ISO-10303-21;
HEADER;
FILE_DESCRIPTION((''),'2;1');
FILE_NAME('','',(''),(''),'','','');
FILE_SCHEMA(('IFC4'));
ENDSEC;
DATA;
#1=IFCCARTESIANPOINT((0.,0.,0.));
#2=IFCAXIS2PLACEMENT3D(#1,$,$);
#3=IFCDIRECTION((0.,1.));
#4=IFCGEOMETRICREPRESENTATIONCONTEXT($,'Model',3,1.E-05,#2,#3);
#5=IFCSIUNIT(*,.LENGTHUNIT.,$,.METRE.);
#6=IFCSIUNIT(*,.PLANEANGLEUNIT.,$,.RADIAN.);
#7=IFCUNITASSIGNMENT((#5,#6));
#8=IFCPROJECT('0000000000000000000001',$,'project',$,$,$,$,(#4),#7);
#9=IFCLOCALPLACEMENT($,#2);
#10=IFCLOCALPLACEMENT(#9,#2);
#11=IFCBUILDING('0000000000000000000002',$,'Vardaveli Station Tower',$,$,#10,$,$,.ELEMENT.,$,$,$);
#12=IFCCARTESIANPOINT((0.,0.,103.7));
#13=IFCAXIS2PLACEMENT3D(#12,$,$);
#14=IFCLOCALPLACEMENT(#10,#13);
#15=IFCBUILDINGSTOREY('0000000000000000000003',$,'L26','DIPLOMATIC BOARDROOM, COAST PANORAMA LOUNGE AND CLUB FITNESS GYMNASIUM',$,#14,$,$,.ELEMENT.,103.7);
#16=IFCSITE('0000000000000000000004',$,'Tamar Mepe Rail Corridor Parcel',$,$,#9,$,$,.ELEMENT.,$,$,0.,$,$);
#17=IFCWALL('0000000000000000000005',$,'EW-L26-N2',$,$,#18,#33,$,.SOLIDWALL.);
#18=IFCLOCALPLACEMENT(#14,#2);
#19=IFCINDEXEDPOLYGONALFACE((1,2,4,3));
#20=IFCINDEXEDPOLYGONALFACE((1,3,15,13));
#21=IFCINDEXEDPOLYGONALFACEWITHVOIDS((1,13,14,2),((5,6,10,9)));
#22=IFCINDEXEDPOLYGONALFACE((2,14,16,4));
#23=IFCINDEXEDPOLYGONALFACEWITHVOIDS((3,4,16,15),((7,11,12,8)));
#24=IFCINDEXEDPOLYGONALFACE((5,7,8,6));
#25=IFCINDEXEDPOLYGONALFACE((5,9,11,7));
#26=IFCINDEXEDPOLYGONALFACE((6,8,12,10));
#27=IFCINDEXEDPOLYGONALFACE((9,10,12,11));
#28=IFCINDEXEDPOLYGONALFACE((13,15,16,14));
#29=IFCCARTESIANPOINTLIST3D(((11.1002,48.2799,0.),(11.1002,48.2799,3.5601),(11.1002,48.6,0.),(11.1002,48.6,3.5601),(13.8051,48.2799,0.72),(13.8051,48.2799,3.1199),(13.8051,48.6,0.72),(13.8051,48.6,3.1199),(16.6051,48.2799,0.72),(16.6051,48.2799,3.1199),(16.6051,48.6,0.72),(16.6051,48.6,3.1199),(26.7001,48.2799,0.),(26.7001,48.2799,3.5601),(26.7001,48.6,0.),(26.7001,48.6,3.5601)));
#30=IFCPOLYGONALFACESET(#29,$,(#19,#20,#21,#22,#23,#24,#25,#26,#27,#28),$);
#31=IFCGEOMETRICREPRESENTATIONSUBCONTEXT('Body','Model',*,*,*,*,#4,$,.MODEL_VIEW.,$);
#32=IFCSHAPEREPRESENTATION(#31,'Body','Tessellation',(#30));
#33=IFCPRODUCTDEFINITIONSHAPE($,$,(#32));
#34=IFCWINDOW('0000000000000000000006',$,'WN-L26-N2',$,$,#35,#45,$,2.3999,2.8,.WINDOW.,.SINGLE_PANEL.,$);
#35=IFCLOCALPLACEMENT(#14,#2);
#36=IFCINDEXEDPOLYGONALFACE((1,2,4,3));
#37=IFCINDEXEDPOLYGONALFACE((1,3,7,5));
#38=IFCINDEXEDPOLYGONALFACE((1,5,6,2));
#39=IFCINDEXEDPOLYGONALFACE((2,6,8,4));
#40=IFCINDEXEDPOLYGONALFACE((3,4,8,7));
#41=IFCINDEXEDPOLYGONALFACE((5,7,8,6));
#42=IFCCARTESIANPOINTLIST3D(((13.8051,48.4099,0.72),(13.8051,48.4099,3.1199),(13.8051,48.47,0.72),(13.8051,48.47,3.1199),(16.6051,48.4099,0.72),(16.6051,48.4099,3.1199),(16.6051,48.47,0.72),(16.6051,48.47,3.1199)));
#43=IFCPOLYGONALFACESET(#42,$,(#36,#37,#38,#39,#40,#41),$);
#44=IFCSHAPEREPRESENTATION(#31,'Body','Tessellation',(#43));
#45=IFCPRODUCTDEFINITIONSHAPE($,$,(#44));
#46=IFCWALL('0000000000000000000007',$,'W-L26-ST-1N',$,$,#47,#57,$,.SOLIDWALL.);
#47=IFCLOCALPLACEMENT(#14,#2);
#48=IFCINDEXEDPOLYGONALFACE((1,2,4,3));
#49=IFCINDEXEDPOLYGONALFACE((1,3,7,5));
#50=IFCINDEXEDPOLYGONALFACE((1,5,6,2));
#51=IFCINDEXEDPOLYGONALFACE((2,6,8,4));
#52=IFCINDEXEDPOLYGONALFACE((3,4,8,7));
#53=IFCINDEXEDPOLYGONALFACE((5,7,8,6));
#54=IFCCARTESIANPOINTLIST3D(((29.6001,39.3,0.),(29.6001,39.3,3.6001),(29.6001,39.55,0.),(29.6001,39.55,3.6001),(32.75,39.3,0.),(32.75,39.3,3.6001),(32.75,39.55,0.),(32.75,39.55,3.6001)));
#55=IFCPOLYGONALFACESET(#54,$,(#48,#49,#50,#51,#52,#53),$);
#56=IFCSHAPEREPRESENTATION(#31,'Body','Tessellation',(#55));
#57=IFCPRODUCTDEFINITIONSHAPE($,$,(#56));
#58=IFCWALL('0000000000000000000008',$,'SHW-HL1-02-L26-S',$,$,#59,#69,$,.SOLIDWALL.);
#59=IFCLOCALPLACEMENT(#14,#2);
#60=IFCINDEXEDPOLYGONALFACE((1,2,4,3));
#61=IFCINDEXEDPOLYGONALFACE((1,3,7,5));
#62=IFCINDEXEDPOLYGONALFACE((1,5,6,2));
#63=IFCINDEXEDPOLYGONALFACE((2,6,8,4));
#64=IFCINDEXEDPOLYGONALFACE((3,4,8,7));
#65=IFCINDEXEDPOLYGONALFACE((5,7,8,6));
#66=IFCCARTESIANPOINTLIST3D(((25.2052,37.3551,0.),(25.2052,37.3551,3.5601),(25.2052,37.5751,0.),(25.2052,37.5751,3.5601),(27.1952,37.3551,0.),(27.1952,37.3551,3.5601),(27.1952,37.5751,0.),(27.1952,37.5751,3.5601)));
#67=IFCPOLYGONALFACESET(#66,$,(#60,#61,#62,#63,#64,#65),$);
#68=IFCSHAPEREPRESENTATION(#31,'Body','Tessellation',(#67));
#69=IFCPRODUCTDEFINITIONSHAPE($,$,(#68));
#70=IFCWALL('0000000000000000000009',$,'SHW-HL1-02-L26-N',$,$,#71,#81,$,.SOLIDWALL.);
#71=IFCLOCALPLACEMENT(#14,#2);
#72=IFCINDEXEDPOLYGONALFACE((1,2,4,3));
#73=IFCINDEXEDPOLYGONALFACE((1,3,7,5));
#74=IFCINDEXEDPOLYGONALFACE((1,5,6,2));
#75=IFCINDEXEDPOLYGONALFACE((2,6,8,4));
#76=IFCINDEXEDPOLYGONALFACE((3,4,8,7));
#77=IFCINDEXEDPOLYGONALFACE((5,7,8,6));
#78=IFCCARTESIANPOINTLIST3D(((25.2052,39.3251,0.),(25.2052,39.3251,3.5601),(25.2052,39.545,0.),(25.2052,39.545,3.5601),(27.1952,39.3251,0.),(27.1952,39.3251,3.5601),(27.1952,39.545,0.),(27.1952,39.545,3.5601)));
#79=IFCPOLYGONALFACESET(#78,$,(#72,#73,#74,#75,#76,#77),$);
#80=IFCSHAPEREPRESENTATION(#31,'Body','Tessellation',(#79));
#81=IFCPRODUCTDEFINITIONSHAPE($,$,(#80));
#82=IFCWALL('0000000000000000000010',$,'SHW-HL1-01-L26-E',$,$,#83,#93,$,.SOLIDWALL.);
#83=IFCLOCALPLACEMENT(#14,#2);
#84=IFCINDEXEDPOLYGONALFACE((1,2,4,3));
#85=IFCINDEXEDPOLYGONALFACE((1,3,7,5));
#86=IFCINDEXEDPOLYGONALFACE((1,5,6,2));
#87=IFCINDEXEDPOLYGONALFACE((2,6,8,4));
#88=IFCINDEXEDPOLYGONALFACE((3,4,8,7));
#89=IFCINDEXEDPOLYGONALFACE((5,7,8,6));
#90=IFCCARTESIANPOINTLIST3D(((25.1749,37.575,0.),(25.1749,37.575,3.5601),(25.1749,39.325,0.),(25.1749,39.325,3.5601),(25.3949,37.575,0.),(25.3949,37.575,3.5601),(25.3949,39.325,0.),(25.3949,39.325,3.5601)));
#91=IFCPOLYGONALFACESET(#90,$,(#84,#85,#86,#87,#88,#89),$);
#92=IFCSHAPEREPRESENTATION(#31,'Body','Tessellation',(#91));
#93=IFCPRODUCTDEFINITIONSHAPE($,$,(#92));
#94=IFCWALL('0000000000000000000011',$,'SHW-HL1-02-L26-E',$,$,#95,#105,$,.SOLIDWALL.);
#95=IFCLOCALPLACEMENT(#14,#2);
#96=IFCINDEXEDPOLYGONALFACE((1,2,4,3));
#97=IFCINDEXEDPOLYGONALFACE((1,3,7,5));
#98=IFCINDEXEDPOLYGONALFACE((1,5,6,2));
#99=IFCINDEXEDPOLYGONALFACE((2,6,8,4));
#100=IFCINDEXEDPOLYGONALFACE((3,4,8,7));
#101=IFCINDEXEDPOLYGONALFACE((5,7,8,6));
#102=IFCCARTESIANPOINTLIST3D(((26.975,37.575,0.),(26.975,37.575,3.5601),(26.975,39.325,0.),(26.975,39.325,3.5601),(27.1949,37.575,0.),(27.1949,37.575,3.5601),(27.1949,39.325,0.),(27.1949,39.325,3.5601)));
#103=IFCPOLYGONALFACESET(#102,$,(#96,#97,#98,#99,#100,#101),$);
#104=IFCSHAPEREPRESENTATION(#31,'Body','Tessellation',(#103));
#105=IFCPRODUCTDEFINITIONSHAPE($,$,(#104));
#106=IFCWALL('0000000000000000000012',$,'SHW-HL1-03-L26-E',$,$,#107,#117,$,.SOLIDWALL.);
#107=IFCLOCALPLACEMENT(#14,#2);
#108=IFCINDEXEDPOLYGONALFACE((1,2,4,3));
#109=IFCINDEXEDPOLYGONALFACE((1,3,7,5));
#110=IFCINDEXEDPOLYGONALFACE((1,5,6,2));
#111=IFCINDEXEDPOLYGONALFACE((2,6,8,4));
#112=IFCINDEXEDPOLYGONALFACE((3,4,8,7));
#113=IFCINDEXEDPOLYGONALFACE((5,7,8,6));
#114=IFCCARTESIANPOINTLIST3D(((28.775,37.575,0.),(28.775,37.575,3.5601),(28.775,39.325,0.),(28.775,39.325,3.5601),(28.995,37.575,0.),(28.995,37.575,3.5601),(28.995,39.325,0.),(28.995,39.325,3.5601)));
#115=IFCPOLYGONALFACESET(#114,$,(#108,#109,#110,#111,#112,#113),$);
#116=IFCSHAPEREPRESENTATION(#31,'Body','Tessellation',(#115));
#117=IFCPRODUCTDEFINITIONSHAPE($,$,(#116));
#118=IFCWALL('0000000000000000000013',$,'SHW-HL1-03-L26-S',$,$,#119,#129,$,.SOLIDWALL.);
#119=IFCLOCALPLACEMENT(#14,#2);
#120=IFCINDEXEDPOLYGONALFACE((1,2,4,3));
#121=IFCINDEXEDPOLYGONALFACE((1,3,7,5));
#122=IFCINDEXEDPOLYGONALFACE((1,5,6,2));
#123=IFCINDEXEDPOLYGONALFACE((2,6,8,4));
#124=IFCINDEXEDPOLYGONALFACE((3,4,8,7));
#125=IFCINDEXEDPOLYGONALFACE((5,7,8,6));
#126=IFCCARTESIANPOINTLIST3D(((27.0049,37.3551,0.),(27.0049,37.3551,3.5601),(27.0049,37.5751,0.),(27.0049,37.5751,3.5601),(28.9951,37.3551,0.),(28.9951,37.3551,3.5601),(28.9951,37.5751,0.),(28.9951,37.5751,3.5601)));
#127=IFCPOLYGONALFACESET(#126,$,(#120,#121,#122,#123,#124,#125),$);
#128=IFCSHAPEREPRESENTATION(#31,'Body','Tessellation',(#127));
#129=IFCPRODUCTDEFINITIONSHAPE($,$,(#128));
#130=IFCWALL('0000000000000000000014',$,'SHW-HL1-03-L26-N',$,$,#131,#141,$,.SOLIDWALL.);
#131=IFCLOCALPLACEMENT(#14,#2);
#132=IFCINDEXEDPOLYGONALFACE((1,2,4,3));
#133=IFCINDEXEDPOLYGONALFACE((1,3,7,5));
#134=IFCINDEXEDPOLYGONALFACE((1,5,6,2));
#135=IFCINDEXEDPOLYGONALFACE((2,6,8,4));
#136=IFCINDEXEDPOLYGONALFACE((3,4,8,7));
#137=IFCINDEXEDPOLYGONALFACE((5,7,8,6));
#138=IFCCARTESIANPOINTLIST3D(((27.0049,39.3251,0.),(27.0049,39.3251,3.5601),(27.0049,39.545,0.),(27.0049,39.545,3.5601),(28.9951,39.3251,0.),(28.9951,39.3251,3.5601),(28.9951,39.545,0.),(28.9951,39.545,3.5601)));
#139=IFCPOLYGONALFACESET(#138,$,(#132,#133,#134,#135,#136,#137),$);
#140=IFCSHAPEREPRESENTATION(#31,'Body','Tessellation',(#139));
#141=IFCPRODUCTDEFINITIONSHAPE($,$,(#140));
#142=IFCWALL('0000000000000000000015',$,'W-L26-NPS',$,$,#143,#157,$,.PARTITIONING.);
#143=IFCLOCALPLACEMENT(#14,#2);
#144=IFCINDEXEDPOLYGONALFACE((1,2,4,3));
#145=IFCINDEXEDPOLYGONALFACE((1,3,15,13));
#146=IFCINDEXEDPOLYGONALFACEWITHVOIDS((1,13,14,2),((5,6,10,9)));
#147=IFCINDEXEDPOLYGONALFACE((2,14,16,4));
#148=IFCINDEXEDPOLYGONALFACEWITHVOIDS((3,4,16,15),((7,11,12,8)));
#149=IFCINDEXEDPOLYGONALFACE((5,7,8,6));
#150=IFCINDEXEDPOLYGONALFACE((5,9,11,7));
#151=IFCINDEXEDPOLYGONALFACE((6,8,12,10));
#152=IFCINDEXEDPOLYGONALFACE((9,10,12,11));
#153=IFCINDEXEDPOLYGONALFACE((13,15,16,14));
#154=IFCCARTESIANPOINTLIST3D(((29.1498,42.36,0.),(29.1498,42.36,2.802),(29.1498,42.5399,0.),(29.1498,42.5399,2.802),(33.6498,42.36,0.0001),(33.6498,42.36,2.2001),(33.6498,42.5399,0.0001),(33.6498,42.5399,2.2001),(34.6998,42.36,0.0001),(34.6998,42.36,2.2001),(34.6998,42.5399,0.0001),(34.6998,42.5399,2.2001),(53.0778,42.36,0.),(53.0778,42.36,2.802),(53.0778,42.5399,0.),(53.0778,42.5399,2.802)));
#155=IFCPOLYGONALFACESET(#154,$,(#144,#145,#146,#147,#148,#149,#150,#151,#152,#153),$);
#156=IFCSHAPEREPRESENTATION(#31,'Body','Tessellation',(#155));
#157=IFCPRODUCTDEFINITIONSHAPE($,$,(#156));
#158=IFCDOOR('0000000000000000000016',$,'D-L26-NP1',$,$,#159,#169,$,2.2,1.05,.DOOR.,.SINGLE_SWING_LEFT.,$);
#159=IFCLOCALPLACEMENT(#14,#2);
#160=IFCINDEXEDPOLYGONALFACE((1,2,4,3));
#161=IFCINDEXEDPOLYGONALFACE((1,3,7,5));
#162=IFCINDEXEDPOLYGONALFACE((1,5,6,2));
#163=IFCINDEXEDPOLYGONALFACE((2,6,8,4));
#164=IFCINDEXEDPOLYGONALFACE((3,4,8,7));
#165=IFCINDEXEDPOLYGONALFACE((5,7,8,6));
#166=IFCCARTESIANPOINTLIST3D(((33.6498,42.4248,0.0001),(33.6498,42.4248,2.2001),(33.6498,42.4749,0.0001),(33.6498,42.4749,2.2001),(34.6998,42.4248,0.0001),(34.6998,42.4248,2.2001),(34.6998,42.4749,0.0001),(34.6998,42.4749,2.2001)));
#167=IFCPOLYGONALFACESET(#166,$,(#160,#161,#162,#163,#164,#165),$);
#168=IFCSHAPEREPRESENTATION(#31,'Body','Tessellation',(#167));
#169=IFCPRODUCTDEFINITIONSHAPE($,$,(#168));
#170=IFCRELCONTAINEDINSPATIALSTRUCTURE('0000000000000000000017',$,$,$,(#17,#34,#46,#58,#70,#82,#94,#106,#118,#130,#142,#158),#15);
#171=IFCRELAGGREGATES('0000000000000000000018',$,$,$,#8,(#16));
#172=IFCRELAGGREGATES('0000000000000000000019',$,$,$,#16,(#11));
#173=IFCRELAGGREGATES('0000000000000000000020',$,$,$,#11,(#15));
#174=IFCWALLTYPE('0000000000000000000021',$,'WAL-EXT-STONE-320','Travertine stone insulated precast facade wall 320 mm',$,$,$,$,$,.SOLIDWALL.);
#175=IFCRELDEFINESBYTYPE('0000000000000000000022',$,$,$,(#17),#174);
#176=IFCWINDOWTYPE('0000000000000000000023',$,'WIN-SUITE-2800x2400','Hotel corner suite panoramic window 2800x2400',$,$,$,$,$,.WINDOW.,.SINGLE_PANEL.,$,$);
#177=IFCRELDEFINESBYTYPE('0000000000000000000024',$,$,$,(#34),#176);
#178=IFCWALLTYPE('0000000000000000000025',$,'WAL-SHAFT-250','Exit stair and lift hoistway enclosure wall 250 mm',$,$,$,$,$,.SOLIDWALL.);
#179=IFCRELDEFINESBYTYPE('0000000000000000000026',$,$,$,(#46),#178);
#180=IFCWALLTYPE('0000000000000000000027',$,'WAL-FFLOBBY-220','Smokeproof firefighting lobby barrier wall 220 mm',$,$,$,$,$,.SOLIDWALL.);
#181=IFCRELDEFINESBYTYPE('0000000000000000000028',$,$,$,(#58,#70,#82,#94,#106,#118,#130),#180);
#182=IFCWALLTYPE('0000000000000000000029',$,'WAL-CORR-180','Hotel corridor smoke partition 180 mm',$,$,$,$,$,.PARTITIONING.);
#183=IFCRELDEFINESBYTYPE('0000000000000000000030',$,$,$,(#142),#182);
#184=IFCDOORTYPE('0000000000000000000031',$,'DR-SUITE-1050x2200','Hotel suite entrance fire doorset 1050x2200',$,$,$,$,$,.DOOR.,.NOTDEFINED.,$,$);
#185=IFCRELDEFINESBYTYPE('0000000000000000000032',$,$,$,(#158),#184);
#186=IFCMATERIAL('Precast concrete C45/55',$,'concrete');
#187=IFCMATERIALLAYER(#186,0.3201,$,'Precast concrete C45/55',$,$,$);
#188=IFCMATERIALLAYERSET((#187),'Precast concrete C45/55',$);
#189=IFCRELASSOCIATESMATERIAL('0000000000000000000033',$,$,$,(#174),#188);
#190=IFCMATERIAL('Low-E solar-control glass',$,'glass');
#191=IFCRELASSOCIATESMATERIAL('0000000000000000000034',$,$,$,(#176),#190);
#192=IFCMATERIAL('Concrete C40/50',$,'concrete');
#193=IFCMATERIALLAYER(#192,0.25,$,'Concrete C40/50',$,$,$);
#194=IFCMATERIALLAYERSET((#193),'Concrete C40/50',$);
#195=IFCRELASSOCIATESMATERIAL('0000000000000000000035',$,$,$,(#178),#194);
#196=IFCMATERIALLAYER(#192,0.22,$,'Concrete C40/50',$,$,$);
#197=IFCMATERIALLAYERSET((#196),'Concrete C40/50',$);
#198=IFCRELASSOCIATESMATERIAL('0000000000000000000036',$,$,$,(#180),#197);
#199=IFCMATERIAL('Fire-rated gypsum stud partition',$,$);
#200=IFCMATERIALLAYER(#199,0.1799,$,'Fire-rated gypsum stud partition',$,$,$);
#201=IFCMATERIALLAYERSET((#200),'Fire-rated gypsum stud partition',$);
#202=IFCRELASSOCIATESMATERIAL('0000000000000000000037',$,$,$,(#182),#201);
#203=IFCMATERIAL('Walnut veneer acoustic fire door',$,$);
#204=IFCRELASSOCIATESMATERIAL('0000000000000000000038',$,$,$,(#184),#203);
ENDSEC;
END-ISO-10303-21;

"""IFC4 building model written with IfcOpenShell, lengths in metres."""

from ifc_helpers import new_model, si_unit, direction, frame, frame_2d, origin, place, context, subcontext, project, spatial, rectangle, extrude, source, transform, mapped, material, layer, layer_set, type_object, element, fill, save


model = new_model("IFC4")

# Units and contexts
model_context = context("Model", 3, precision=1e-05, world=origin(), true_north=direction((0.0, 1.0)))
body_context = subcontext(model_context, "Body", "Model", "MODEL_VIEW")
ifc_project = project(units=[si_unit("LENGTHUNIT", "METRE"), si_unit("PLANEANGLEUNIT", "RADIAN")], contexts=[model_context])

# Site, building, storey
site_placement = place(None, origin())
site = spatial("IfcSite", under=ifc_project, at=site_placement, Name="Tamar Mepe Rail Corridor Parcel", CompositionType="ELEMENT", RefElevation=0.0)
building_placement = place(site_placement, origin())
building = spatial("IfcBuilding", under=site, at=building_placement, Name="Vardaveli Station Tower", CompositionType="ELEMENT")
storey_placement = place(building_placement, frame((0.0, 0.0, 103.7)))
storey = spatial("IfcBuildingStorey", under=building, at=storey_placement, Name="L26", Description="DIPLOMATIC BOARDROOM, COAST PANORAMA LOUNGE AND CLUB FITNESS GYMNASIUM", CompositionType="ELEMENT", Elevation=103.7)

# Shared definitions
ifc_material_1 = material(Name="Precast concrete C45/55", Category="concrete")

# Wall, opening, window
ifc_layer_1 = layer(ifc_material_1, 0.3201, Name="Precast concrete C45/55")
ifc_layer_set_1 = layer_set([ifc_layer_1], Name="Precast concrete C45/55")
wall_type_1 = type_object("IfcWallType", Name="WAL-EXT-STONE-320", Description="Travertine stone insulated precast facade wall 320 mm", PredefinedType="SOLIDWALL", material=ifc_layer_set_1)
shared_shape_1 = source(origin(), body_context, "Body", "SweptSolid", [
    extrude(rectangle(XDim=15.5999, YDim=0.3201, at=frame_2d((7.7998, 0.0))), origin(), (0.0, 0.0, 1.0), 3.5601),
])
wall_1_placement = place(storey_placement, frame((26.7, 48.4399, 0.0), z_axis=(0.0, 0.0, 1.0), x_axis=(-1.0, 0.0, 0.0)))
wall_1 = element("IfcWall", 1, at=wall_1_placement, inside=storey, type_object=wall_type_1, Name="EW-L26-N2", PredefinedType="SOLIDWALL", context=body_context, shape_type="MappedRepresentation", body=[
    mapped(shared_shape_1, transform((0.0, 0.0, 0.0), scale=1.0)),
])
shared_shape_2 = source(origin(), body_context, "Body", "SweptSolid", [
    extrude(rectangle(XDim=2.8, YDim=2.3999, at=frame_2d((1.3999, 1.2))), frame((0.0, 0.1699, 0.0), z_axis=(0.0, -1.0, 0.0), x_axis=(1.0, 0.0, 0.0)), (0.0, 0.0, 1.0), 0.3401),
])
opening_1_placement = place(wall_1_placement, frame((10.095, 0.0, 0.72)))
opening_1 = element("IfcOpeningElement", 2, at=opening_1_placement, cuts=wall_1, PredefinedType="OPENING", context=body_context, shape_type="MappedRepresentation", body=[
    mapped(shared_shape_2, transform((0.0, 0.0, 0.0), scale=1.0)),
])
ifc_material_2 = material(Name="Low-E solar-control glass", Category="glass")
window_type = type_object("IfcWindowType", Name="WIN-SUITE-2800x2400", Description="Hotel corner suite panoramic window 2800x2400", PartitioningType="SINGLE_PANEL", PredefinedType="WINDOW", material=ifc_material_2)
shared_shape_3 = source(origin(), body_context, "Body", "SweptSolid", [
    extrude(rectangle(XDim=2.8, YDim=2.3999, at=frame_2d((1.3999, 1.2))), frame((0.0, 0.03, 0.0), z_axis=(0.0, -1.0, 0.0), x_axis=(1.0, 0.0, 0.0)), (0.0, 0.0, 1.0), 0.0601),
])
window_placement = place(opening_1_placement, origin())
window = element("IfcWindow", 3, at=window_placement, inside=storey, type_object=window_type, Name="WN-L26-N2", OverallHeight=2.3999, OverallWidth=2.8, PartitioningType="SINGLE_PANEL", PredefinedType="WINDOW", context=body_context, shape_type="MappedRepresentation", body=[
    mapped(shared_shape_3, transform((0.0, 0.0, 0.0), scale=1.0)),
])
fill(opening_1, window)

# Walls
ifc_material_3 = material(Name="Concrete C40/50", Category="concrete")
ifc_layer_2 = layer(ifc_material_3, 0.25, Name="Concrete C40/50")
ifc_layer_set_2 = layer_set([ifc_layer_2], Name="Concrete C40/50")
wall_type_2 = type_object("IfcWallType", Name="WAL-SHAFT-250", Description="Exit stair and lift hoistway enclosure wall 250 mm", PredefinedType="SOLIDWALL", material=ifc_layer_set_2)
shared_shape_4 = source(origin(), body_context, "Body", "SweptSolid", [
    extrude(rectangle(XDim=3.1499, YDim=0.25, at=frame_2d((1.575, 0.0))), origin(), (0.0, 0.0, 1.0), 3.6001),
])
wall_2_placement = place(storey_placement, frame((29.6001, 39.425, 0.0), z_axis=(0.0, 0.0, 1.0), x_axis=(1.0, 0.0, 0.0)))
element("IfcWall", 4, at=wall_2_placement, inside=storey, type_object=wall_type_2, Name="W-L26-ST-1N", PredefinedType="SOLIDWALL", context=body_context, shape_type="MappedRepresentation", body=[
    mapped(shared_shape_4, transform((0.0, 0.0, 0.0), scale=1.0)),
])
ifc_layer_3 = layer(ifc_material_3, 0.22, Name="Concrete C40/50")
ifc_layer_set_3 = layer_set([ifc_layer_3], Name="Concrete C40/50")
wall_type_3 = type_object("IfcWallType", Name="WAL-FFLOBBY-220", Description="Smokeproof firefighting lobby barrier wall 220 mm", PredefinedType="SOLIDWALL", material=ifc_layer_set_3)
shared_shape_5 = source(origin(), body_context, "Body", "SweptSolid", [
    extrude(rectangle(XDim=1.99, YDim=0.22, at=frame_2d((0.9951, 0.0))), origin(), (0.0, 0.0, 1.0), 3.5601),
])
for number, where, z_axis, x_axis, name in (
    (5, (25.2051, 37.4651, 0.0), (0.0, 0.0, 1.0), (1.0, 0.0, 0.0), "SHW-HL1-02-L26-S"),
    (6, (25.2051, 39.4351, 0.0), (0.0, 0.0, 1.0), (1.0, 0.0, 0.0), "SHW-HL1-02-L26-N"),
):
    element("IfcWall", number, at=place(storey_placement, frame(where, z_axis=z_axis, x_axis=x_axis)), inside=storey, type_object=wall_type_3, Name=name, PredefinedType="SOLIDWALL", context=body_context, shape_type="MappedRepresentation", body=[
        mapped(shared_shape_5, transform((0.0, 0.0, 0.0), scale=1.0)),
    ])
shared_shape_6 = source(origin(), body_context, "Body", "SweptSolid", [
    extrude(rectangle(XDim=1.75, YDim=0.22, at=frame_2d((0.875, 0.0))), origin(), (0.0, 0.0, 1.0), 3.5601),
])
for number, where, z_axis, x_axis, name in (
    (7, (25.2849, 37.575, 0.0), (0.0, 0.0, 1.0), (0.0, 1.0, 0.0), "SHW-HL1-01-L26-E"),
    (8, (27.085, 37.575, 0.0), (0.0, 0.0, 1.0), (0.0, 1.0, 0.0), "SHW-HL1-02-L26-E"),
    (9, (28.885, 37.575, 0.0), (0.0, 0.0, 1.0), (0.0, 1.0, 0.0), "SHW-HL1-03-L26-E"),
):
    element("IfcWall", number, at=place(storey_placement, frame(where, z_axis=z_axis, x_axis=x_axis)), inside=storey, type_object=wall_type_3, Name=name, PredefinedType="SOLIDWALL", context=body_context, shape_type="MappedRepresentation", body=[
        mapped(shared_shape_6, transform((0.0, 0.0, 0.0), scale=1.0)),
    ])
shared_shape_7 = source(origin(), body_context, "Body", "SweptSolid", [
    extrude(rectangle(XDim=1.9902, YDim=0.22, at=frame_2d((0.9951, 0.0))), origin(), (0.0, 0.0, 1.0), 3.5601),
])
for number, where, z_axis, x_axis, name in (
    (10, (27.0049, 37.4651, 0.0), (0.0, 0.0, 1.0), (1.0, 0.0, 0.0), "SHW-HL1-03-L26-S"),
    (11, (27.0049, 39.4351, 0.0), (0.0, 0.0, 1.0), (1.0, 0.0, 0.0), "SHW-HL1-03-L26-N"),
):
    element("IfcWall", number, at=place(storey_placement, frame(where, z_axis=z_axis, x_axis=x_axis)), inside=storey, type_object=wall_type_3, Name=name, PredefinedType="SOLIDWALL", context=body_context, shape_type="MappedRepresentation", body=[
        mapped(shared_shape_7, transform((0.0, 0.0, 0.0), scale=1.0)),
    ])

# Wall, opening, door
ifc_material_4 = material(Name="Fire-rated gypsum stud partition")
ifc_layer_4 = layer(ifc_material_4, 0.1799, Name="Fire-rated gypsum stud partition")
ifc_layer_set_4 = layer_set([ifc_layer_4], Name="Fire-rated gypsum stud partition")
wall_type_4 = type_object("IfcWallType", Name="WAL-CORR-180", Description="Hotel corridor smoke partition 180 mm", PredefinedType="PARTITIONING", material=ifc_layer_set_4)
shared_shape_8 = source(origin(), body_context, "Body", "SweptSolid", [
    extrude(rectangle(XDim=23.928, YDim=0.1799, at=frame_2d((11.9639, 0.0))), origin(), (0.0, 0.0, 1.0), 2.802),
])
wall_3_placement = place(storey_placement, frame((29.1499, 42.45, 0.0), z_axis=(0.0, 0.0, 1.0), x_axis=(1.0, 0.0, 0.0)))
wall_3 = element("IfcWall", 12, at=wall_3_placement, inside=storey, type_object=wall_type_4, Name="W-L26-NPS", PredefinedType="PARTITIONING", context=body_context, shape_type="MappedRepresentation", body=[
    mapped(shared_shape_8, transform((0.0, 0.0, 0.0), scale=1.0)),
])
shared_shape_9 = source(origin(), body_context, "Body", "SweptSolid", [
    extrude(rectangle(XDim=1.05, YDim=2.2, at=frame_2d((0.5249, 1.1001))), frame((0.0, 0.1001, 0.0), z_axis=(0.0, -1.0, 0.0), x_axis=(1.0, 0.0, 0.0)), (0.0, 0.0, 1.0), 0.2),
])
opening_2_placement = place(wall_3_placement, frame((4.5, 0.0, 0.0)))
opening_2 = element("IfcOpeningElement", 13, at=opening_2_placement, cuts=wall_3, PredefinedType="OPENING", context=body_context, shape_type="MappedRepresentation", body=[
    mapped(shared_shape_9, transform((0.0, 0.0, 0.0), scale=1.0)),
])
ifc_material_5 = material(Name="Walnut veneer acoustic fire door")
door_type = type_object("IfcDoorType", Name="DR-SUITE-1050x2200", Description="Hotel suite entrance fire doorset 1050x2200", OperationType="NOTDEFINED", PredefinedType="DOOR", material=ifc_material_5)
shared_shape_10 = source(origin(), body_context, "Body", "SweptSolid", [
    extrude(rectangle(XDim=1.05, YDim=2.2, at=frame_2d((0.5249, 1.1001))), frame((0.0, 0.0249, 0.0), z_axis=(0.0, -1.0, 0.0), x_axis=(1.0, 0.0, 0.0)), (0.0, 0.0, 1.0), 0.05),
])
door_placement = place(opening_2_placement, origin())
door = element("IfcDoor", 14, at=door_placement, inside=storey, type_object=door_type, Name="D-L26-NP1", OperationType="SINGLE_SWING_LEFT", OverallHeight=2.2, OverallWidth=1.05, PredefinedType="DOOR", context=body_context, shape_type="MappedRepresentation", body=[
    mapped(shared_shape_10, transform((0.0, 0.0, 0.0), scale=1.0)),
])
fill(opening_2, door)

save(model, "model.ifc")
